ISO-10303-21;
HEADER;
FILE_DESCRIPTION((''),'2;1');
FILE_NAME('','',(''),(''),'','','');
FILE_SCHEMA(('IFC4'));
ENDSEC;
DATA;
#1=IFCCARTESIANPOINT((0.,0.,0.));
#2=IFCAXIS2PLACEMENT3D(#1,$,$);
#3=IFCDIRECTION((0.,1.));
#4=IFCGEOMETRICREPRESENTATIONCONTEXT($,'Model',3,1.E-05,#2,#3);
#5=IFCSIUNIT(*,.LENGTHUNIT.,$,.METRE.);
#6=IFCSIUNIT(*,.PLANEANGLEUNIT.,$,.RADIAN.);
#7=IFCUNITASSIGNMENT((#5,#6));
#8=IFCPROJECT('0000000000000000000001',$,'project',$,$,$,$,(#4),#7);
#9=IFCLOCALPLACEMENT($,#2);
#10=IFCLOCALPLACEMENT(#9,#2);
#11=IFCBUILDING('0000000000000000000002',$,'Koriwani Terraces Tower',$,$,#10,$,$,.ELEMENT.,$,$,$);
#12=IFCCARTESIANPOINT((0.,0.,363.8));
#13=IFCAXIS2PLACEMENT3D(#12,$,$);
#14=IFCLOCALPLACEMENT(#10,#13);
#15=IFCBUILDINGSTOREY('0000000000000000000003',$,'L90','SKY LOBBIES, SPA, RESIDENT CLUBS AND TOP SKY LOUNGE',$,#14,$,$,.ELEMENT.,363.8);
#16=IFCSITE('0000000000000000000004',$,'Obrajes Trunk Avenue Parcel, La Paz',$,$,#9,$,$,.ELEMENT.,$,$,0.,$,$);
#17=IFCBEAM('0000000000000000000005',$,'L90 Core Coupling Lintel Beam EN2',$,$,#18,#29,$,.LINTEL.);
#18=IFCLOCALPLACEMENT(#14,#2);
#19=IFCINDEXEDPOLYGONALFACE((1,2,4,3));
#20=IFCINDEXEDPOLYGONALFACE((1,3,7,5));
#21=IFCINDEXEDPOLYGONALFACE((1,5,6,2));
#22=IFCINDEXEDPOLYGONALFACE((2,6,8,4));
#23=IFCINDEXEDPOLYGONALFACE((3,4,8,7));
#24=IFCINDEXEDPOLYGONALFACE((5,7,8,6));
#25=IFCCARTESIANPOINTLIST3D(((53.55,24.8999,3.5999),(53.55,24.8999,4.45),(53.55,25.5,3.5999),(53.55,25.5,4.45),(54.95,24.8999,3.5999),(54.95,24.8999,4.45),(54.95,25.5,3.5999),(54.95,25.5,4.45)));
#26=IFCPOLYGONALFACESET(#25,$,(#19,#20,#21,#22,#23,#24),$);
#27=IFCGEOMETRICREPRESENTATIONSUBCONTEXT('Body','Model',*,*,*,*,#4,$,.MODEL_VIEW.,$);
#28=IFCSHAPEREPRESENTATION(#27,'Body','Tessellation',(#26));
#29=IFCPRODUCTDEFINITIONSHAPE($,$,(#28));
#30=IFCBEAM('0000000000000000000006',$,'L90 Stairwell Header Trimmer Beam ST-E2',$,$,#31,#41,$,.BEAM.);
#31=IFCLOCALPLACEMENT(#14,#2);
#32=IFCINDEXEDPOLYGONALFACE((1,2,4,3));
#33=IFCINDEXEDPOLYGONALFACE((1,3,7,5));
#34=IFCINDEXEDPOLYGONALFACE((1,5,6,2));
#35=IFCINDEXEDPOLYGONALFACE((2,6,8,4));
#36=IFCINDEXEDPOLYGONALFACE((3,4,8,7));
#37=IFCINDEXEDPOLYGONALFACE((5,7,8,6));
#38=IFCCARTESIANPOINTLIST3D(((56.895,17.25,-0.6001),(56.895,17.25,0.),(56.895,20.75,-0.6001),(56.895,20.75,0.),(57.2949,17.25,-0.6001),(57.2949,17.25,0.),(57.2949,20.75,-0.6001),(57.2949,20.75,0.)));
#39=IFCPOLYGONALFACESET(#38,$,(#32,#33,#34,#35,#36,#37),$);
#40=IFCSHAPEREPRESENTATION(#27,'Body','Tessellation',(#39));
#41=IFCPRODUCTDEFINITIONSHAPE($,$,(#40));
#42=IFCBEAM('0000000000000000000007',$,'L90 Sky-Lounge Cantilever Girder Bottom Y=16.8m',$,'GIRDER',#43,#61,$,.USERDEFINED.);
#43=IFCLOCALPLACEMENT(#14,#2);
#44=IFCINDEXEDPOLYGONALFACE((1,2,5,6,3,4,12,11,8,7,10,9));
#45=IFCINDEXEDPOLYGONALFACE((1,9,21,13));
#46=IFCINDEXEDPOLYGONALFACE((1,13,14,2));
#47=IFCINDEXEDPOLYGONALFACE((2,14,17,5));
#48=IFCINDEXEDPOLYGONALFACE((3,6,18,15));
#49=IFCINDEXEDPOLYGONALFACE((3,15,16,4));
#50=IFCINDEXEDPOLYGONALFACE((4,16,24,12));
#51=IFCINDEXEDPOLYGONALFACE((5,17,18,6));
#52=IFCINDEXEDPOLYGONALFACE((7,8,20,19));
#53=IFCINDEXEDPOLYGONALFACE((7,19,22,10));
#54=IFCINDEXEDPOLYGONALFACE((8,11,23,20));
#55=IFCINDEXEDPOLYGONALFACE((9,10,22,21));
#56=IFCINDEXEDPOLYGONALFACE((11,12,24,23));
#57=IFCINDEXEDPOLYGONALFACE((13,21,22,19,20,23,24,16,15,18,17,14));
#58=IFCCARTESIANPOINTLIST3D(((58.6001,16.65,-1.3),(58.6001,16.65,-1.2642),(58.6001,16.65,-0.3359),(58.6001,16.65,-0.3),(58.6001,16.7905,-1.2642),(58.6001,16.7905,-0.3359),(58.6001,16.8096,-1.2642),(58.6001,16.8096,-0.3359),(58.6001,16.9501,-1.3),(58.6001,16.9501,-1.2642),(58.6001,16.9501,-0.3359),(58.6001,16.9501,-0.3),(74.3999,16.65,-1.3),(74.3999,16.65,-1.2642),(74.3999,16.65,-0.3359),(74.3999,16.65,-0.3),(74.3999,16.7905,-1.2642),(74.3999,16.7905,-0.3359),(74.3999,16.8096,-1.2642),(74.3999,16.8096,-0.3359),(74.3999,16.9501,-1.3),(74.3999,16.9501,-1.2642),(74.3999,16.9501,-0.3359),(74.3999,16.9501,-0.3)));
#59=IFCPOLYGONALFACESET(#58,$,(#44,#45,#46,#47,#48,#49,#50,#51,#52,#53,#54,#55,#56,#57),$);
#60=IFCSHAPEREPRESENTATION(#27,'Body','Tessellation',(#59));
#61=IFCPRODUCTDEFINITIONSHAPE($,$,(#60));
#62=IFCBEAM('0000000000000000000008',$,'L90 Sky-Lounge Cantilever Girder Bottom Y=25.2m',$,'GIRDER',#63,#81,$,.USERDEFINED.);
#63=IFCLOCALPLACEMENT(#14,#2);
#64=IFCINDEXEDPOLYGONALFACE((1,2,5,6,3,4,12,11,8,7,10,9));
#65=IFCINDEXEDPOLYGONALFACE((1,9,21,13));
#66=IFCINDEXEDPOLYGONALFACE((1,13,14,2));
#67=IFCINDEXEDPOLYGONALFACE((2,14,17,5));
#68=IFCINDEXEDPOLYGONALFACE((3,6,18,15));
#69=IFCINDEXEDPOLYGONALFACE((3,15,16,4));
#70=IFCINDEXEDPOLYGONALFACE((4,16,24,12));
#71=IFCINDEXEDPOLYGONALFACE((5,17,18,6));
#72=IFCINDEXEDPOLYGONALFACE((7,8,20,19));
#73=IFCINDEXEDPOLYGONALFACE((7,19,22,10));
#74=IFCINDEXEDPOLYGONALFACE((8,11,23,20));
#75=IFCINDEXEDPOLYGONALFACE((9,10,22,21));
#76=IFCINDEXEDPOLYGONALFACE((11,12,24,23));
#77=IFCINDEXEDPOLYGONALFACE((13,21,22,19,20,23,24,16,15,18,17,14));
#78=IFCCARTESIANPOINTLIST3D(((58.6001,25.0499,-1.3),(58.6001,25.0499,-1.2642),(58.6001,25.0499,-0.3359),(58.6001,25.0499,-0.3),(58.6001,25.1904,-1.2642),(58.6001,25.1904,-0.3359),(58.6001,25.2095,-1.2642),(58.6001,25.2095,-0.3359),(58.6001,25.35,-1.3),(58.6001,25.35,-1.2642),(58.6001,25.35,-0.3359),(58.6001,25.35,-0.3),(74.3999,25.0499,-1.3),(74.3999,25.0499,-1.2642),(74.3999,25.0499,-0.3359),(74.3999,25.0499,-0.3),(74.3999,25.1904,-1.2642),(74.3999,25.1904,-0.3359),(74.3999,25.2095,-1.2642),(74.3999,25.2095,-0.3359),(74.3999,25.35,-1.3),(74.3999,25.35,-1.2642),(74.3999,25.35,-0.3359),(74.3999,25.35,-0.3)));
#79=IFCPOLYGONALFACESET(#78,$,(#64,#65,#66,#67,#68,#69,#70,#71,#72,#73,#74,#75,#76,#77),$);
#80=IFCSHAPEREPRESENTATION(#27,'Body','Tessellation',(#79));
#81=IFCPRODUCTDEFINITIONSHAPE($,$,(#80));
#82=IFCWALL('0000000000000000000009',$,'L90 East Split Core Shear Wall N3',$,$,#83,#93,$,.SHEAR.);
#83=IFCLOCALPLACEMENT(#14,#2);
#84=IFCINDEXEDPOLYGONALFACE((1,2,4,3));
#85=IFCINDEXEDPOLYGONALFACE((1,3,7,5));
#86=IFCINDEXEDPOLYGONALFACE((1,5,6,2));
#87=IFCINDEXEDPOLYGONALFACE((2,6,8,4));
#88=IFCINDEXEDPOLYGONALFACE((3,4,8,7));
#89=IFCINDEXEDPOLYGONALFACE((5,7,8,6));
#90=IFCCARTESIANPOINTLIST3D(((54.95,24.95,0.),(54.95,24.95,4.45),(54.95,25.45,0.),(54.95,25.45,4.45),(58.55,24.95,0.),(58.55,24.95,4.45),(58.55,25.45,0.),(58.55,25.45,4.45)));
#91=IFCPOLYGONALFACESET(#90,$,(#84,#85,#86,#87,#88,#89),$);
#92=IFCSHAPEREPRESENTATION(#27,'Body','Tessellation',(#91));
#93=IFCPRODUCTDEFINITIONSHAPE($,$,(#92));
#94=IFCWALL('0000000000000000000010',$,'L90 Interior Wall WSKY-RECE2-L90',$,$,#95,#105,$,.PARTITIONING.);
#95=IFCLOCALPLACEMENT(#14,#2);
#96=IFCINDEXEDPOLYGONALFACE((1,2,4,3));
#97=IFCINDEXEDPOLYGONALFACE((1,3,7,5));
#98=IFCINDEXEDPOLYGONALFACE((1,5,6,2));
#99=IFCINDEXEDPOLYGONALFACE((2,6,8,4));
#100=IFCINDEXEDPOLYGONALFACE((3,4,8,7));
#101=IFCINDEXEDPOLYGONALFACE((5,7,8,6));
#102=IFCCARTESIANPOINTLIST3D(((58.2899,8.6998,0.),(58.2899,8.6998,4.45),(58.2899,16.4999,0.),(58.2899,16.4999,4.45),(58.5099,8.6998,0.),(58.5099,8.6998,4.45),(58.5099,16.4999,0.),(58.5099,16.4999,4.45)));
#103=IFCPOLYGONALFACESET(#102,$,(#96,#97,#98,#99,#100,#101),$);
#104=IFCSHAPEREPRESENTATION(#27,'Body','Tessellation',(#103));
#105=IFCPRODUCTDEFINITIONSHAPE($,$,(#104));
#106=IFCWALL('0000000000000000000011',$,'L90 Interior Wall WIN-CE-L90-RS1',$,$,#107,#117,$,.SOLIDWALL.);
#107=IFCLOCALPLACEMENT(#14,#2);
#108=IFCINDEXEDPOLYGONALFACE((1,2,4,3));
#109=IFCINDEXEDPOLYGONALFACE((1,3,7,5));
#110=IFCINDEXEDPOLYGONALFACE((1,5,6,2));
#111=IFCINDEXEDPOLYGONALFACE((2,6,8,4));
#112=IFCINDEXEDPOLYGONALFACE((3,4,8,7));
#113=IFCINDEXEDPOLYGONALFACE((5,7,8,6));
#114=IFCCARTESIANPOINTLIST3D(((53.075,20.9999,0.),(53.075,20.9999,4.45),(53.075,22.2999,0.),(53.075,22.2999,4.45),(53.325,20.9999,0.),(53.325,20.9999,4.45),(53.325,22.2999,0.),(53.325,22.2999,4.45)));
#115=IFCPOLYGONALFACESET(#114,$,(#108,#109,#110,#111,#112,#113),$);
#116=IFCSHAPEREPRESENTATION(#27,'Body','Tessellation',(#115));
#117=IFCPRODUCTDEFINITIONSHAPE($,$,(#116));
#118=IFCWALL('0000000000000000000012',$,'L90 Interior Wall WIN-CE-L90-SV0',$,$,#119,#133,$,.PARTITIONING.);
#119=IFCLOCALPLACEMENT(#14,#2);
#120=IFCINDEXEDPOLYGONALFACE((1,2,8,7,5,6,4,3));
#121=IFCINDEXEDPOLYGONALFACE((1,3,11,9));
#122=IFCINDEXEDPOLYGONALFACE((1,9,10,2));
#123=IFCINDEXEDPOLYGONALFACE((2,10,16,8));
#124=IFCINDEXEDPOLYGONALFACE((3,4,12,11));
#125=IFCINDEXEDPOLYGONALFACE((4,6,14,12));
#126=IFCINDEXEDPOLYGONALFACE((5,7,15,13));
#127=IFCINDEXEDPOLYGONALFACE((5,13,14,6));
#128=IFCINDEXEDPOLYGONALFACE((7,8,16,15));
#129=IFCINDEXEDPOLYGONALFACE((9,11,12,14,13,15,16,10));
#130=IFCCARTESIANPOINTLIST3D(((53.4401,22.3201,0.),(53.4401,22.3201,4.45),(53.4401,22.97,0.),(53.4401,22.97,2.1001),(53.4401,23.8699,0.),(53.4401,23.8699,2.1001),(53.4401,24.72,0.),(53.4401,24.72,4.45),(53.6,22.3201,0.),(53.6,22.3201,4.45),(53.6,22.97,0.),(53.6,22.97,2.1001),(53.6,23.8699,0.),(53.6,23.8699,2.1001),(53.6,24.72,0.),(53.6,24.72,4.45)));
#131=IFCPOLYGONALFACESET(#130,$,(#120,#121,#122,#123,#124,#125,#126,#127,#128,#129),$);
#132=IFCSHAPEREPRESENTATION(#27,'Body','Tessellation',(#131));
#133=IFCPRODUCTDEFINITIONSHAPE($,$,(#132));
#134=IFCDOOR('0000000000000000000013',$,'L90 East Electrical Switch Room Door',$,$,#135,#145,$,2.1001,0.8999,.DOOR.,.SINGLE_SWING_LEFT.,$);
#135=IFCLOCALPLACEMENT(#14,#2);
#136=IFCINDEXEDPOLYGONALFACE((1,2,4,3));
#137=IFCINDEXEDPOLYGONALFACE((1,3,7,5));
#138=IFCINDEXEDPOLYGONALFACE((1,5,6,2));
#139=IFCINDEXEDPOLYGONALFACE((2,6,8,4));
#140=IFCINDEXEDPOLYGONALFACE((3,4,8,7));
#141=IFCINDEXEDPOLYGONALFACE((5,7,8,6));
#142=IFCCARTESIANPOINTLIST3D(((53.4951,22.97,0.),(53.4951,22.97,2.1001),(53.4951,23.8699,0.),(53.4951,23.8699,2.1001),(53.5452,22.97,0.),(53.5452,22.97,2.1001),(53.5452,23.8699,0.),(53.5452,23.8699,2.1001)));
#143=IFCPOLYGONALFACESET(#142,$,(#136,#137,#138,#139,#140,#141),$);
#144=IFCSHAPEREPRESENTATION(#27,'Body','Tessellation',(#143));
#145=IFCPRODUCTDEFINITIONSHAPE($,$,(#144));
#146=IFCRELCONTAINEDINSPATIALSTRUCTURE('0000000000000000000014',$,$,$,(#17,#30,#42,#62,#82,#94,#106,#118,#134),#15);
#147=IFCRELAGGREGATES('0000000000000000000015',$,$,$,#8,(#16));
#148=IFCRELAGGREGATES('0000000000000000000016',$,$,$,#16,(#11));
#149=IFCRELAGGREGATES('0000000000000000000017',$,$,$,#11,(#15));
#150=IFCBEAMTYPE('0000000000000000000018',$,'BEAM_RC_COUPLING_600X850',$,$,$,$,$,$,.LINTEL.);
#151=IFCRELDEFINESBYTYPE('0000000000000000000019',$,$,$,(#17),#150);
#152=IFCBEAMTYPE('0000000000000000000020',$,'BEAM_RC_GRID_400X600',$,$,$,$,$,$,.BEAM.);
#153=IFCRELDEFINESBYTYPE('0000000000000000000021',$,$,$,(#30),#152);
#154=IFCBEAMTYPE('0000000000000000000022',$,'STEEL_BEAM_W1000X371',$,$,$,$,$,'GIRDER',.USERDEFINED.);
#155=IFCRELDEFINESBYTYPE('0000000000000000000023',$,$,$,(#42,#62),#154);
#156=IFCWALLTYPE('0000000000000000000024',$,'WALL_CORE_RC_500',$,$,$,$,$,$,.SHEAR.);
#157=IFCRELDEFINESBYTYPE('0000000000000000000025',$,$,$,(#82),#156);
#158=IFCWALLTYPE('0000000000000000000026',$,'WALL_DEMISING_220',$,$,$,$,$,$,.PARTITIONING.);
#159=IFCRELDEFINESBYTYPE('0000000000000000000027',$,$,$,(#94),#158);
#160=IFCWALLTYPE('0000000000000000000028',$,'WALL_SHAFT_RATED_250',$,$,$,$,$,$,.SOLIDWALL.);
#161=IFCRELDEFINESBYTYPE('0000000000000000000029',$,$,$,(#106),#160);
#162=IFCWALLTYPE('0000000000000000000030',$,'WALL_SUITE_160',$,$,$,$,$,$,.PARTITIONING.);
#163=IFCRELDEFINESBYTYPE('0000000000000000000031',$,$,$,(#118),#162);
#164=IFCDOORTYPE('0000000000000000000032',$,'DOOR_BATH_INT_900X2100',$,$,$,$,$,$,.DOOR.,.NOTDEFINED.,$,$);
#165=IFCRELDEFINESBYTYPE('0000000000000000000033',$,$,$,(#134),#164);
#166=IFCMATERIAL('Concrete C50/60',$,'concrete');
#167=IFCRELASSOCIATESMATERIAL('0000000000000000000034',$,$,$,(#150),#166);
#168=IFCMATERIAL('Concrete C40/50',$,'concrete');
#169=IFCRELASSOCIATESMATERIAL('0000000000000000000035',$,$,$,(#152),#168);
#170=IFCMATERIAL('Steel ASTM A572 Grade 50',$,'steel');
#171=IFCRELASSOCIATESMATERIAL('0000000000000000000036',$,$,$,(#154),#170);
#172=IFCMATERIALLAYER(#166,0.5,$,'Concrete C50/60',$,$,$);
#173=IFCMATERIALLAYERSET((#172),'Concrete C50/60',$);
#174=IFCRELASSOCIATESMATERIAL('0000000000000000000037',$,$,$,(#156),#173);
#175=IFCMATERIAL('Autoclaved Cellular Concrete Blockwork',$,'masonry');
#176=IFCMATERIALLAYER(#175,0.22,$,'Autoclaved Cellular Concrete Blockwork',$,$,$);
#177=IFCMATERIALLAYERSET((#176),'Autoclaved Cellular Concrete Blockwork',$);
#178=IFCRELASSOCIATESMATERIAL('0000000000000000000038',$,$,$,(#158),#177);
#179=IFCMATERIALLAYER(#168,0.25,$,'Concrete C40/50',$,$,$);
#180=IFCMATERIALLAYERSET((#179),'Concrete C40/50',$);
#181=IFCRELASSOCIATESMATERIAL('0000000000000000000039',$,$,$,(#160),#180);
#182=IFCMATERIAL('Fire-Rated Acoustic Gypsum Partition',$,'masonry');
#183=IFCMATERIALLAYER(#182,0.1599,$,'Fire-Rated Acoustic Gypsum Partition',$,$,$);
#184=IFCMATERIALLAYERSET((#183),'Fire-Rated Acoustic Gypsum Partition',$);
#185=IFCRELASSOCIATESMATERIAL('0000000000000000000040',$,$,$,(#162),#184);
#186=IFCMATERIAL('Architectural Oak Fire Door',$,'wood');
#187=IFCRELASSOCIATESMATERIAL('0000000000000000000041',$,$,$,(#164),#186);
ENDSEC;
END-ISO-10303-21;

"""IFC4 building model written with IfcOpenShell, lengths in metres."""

from ifc_helpers import new_model, si_unit, direction, frame, frame_2d, origin, origin_2d, place, context, subcontext, project, spatial, rectangle, i_section, extrude, material, layer, layer_set, material_profile, profile_set, type_object, element, fill, save


model = new_model("IFC4")

# Units and contexts
model_context = context("Model", 3, precision=1e-05, world=origin(), true_north=direction((0.0, 1.0)))
body_context = subcontext(model_context, "Body", "Model", "MODEL_VIEW")
ifc_project = project(units=[si_unit("LENGTHUNIT", "METRE"), si_unit("PLANEANGLEUNIT", "RADIAN")], contexts=[model_context])

# Site, building, storey
site_placement = place(None, origin())
site = spatial("IfcSite", under=ifc_project, at=site_placement, Name="Obrajes Trunk Avenue Parcel, La Paz", CompositionType="ELEMENT", RefElevation=0.0)
building_placement = place(site_placement, origin())
building = spatial("IfcBuilding", under=site, at=building_placement, Name="Koriwani Terraces Tower", CompositionType="ELEMENT")
storey_placement = place(building_placement, frame((0.0, 0.0, 363.8)))
storey = spatial("IfcBuildingStorey", under=building, at=storey_placement, Name="L90", Description="SKY LOBBIES, SPA, RESIDENT CLUBS AND TOP SKY LOUNGE", CompositionType="ELEMENT", Elevation=363.8)

# Beams
ifc_material_1 = material(Name="Concrete C50/60", Category="concrete")
ifc_material_profile_1 = material_profile(ifc_material_1, rectangle(XDim=0.6001, YDim=0.8501, at=origin_2d()), Name="Concrete C50/60", Category="LoadBearing")
ifc_profile_set_1 = profile_set([ifc_material_profile_1], Name="Concrete C50/60")
beam_type_1 = type_object("IfcBeamType", Name="BEAM_RC_COUPLING_600X850", PredefinedType="LINTEL", material=ifc_profile_set_1)
beam_1_placement = place(storey_placement, frame((53.55, 25.2, 4.0249), z_axis=(1.0, 0.0, 0.0), x_axis=(0.0, 1.0, 0.0)))
element("IfcBeam", 1, at=beam_1_placement, inside=storey, type_object=beam_type_1, Name="L90 Core Coupling Lintel Beam EN2", PredefinedType="LINTEL", context=body_context, shape_type="SweptSolid", body=[
    extrude(rectangle(XDim=0.6001, YDim=0.8501, at=origin_2d()), origin(), (0.0, 0.0, 1.0), 1.3999),
])
ifc_material_2 = material(Name="Concrete C40/50", Category="concrete")
ifc_material_profile_2 = material_profile(ifc_material_2, rectangle(XDim=0.3999, YDim=0.6001, at=origin_2d()), Name="Concrete C40/50", Category="LoadBearing")
ifc_profile_set_2 = profile_set([ifc_material_profile_2], Name="Concrete C40/50")
beam_type_2 = type_object("IfcBeamType", Name="BEAM_RC_GRID_400X600", PredefinedType="BEAM", material=ifc_profile_set_2)
beam_2_placement = place(storey_placement, frame((57.095, 17.25, -0.3), z_axis=(0.0, 1.0, 0.0), x_axis=(-1.0, 0.0, 0.0)))
element("IfcBeam", 2, at=beam_2_placement, inside=storey, type_object=beam_type_2, Name="L90 Stairwell Header Trimmer Beam ST-E2", PredefinedType="BEAM", context=body_context, shape_type="SweptSolid", body=[
    extrude(rectangle(XDim=0.3999, YDim=0.6001, at=origin_2d()), origin(), (0.0, 0.0, 1.0), 3.5),
])
ifc_material_3 = material(Name="Steel ASTM A572 Grade 50", Category="steel")
ifc_material_profile_3 = material_profile(ifc_material_3, i_section(OverallWidth=0.3, OverallDepth=1.0, WebThickness=0.019, FlangeThickness=0.0359, at=origin_2d()), Name="Steel ASTM A572 Grade 50", Category="LoadBearing")
ifc_profile_set_3 = profile_set([ifc_material_profile_3], Name="Steel ASTM A572 Grade 50")
beam_type_3 = type_object("IfcBeamType", Name="STEEL_BEAM_W1000X371", ElementType="GIRDER", PredefinedType="USERDEFINED", material=ifc_profile_set_3)
for number, where, z_axis, x_axis, name in (
    (3, (58.6001, 16.8, -0.8), (1.0, 0.0, 0.0), (0.0, 1.0, 0.0), "L90 Sky-Lounge Cantilever Girder Bottom Y=16.8m"),
    (4, (58.6001, 25.2, -0.8), (1.0, 0.0, 0.0), (0.0, 1.0, 0.0), "L90 Sky-Lounge Cantilever Girder Bottom Y=25.2m"),
):
    element("IfcBeam", number, at=place(storey_placement, frame(where, z_axis=z_axis, x_axis=x_axis)), inside=storey, type_object=beam_type_3, Name=name, ObjectType="GIRDER", PredefinedType="USERDEFINED", context=body_context, shape_type="SweptSolid", body=[
        extrude(i_section(OverallWidth=0.3, OverallDepth=1.0, WebThickness=0.019, FlangeThickness=0.0359, at=origin_2d()), origin(), (0.0, 0.0, 1.0), 15.7998),
    ])

# Walls
ifc_layer_1 = layer(ifc_material_1, 0.5, Name="Concrete C50/60")
ifc_layer_set_1 = layer_set([ifc_layer_1], Name="Concrete C50/60")
wall_type_1 = type_object("IfcWallType", Name="WALL_CORE_RC_500", PredefinedType="SHEAR", material=ifc_layer_set_1)
wall_1_placement = place(storey_placement, frame((54.95, 25.2, 0.0), z_axis=(0.0, 0.0, 1.0), x_axis=(1.0, 0.0, 0.0)))
element("IfcWall", 5, at=wall_1_placement, inside=storey, type_object=wall_type_1, Name="L90 East Split Core Shear Wall N3", PredefinedType="SHEAR", context=body_context, shape_type="SweptSolid", body=[
    extrude(rectangle(XDim=3.6001, YDim=0.5, at=frame_2d((1.8, 0.0))), origin(), (0.0, 0.0, 1.0), 4.45),
])
ifc_material_4 = material(Name="Autoclaved Cellular Concrete Blockwork", Category="masonry")
ifc_layer_2 = layer(ifc_material_4, 0.22, Name="Autoclaved Cellular Concrete Blockwork")
ifc_layer_set_2 = layer_set([ifc_layer_2], Name="Autoclaved Cellular Concrete Blockwork")
wall_type_2 = type_object("IfcWallType", Name="WALL_DEMISING_220", PredefinedType="PARTITIONING", material=ifc_layer_set_2)
wall_2_placement = place(storey_placement, frame((58.3999, 8.7, 0.0), z_axis=(0.0, 0.0, 1.0), x_axis=(0.0, 1.0, 0.0)))
element("IfcWall", 6, at=wall_2_placement, inside=storey, type_object=wall_type_2, Name="L90 Interior Wall WSKY-RECE2-L90", PredefinedType="PARTITIONING", context=body_context, shape_type="SweptSolid", body=[
    extrude(rectangle(XDim=7.8, YDim=0.22, at=frame_2d((3.8999, 0.0))), origin(), (0.0, 0.0, 1.0), 4.45),
])

# Shared definitions
ifc_layer_3 = layer(ifc_material_2, 0.25, Name="Concrete C40/50")
ifc_layer_set_3 = layer_set([ifc_layer_3], Name="Concrete C40/50")
wall_type_3 = type_object("IfcWallType", Name="WALL_SHAFT_RATED_250", PredefinedType="SOLIDWALL", material=ifc_layer_set_3)

# Wall
wall_3_placement = place(storey_placement, frame((53.2, 21.0, 0.0), z_axis=(0.0, 0.0, 1.0), x_axis=(0.0, 1.0, 0.0)))
element("IfcWall", 7, at=wall_3_placement, inside=storey, type_object=wall_type_3, Name="L90 Interior Wall WIN-CE-L90-RS1", PredefinedType="SOLIDWALL", context=body_context, shape_type="SweptSolid", body=[
    extrude(rectangle(XDim=1.3, YDim=0.25, at=frame_2d((0.6499, 0.0))), origin(), (0.0, 0.0, 1.0), 4.45),
])

# Wall, opening, door
ifc_material_5 = material(Name="Fire-Rated Acoustic Gypsum Partition", Category="masonry")
ifc_layer_4 = layer(ifc_material_5, 0.1599, Name="Fire-Rated Acoustic Gypsum Partition")
ifc_layer_set_4 = layer_set([ifc_layer_4], Name="Fire-Rated Acoustic Gypsum Partition")
wall_type_4 = type_object("IfcWallType", Name="WALL_SUITE_160", PredefinedType="PARTITIONING", material=ifc_layer_set_4)
wall_4_placement = place(storey_placement, frame((53.52, 22.3201, 0.0), z_axis=(0.0, 0.0, 1.0), x_axis=(0.0, 1.0, 0.0)))
wall_4 = element("IfcWall", 8, at=wall_4_placement, inside=storey, type_object=wall_type_4, Name="L90 Interior Wall WIN-CE-L90-SV0", PredefinedType="PARTITIONING", context=body_context, shape_type="SweptSolid", body=[
    extrude(rectangle(XDim=2.3999, YDim=0.1599, at=frame_2d((1.2, 0.0))), origin(), (0.0, 0.0, 1.0), 4.45),
])
opening_1_placement = place(wall_4_placement, frame((0.6499, 0.0, 0.0)))
opening_1 = element("IfcOpeningElement", 9, at=opening_1_placement, cuts=wall_4, PredefinedType="OPENING", context=body_context, shape_type="SweptSolid", body=[
    extrude(rectangle(XDim=0.8999, YDim=2.1001, at=frame_2d((0.45, 1.05))), frame((0.0, 0.0898, 0.0), z_axis=(0.0, -1.0, 0.0), x_axis=(1.0, 0.0, 0.0)), (0.0, 0.0, 1.0), 0.1799),
])
ifc_material_6 = material(Name="Architectural Oak Fire Door", Category="wood")
door_type_1 = type_object("IfcDoorType", Name="DOOR_BATH_INT_900X2100", OperationType="NOTDEFINED", PredefinedType="DOOR", material=ifc_material_6)
door_1_placement = place(opening_1_placement, origin())
door_1 = element("IfcDoor", 10, at=door_1_placement, inside=storey, type_object=door_type_1, Name="L90 East Electrical Switch Room Door", OperationType="SINGLE_SWING_LEFT", OverallHeight=2.1001, OverallWidth=0.8999, PredefinedType="DOOR", context=body_context, shape_type="SweptSolid", body=[
    extrude(rectangle(XDim=0.8999, YDim=2.1001, at=frame_2d((0.45, 1.05))), frame((0.0, 0.0249, 0.0), z_axis=(0.0, -1.0, 0.0), x_axis=(1.0, 0.0, 0.0)), (0.0, 0.0, 1.0), 0.05),
])
fill(opening_1, door_1)

save(model, "model.ifc")
